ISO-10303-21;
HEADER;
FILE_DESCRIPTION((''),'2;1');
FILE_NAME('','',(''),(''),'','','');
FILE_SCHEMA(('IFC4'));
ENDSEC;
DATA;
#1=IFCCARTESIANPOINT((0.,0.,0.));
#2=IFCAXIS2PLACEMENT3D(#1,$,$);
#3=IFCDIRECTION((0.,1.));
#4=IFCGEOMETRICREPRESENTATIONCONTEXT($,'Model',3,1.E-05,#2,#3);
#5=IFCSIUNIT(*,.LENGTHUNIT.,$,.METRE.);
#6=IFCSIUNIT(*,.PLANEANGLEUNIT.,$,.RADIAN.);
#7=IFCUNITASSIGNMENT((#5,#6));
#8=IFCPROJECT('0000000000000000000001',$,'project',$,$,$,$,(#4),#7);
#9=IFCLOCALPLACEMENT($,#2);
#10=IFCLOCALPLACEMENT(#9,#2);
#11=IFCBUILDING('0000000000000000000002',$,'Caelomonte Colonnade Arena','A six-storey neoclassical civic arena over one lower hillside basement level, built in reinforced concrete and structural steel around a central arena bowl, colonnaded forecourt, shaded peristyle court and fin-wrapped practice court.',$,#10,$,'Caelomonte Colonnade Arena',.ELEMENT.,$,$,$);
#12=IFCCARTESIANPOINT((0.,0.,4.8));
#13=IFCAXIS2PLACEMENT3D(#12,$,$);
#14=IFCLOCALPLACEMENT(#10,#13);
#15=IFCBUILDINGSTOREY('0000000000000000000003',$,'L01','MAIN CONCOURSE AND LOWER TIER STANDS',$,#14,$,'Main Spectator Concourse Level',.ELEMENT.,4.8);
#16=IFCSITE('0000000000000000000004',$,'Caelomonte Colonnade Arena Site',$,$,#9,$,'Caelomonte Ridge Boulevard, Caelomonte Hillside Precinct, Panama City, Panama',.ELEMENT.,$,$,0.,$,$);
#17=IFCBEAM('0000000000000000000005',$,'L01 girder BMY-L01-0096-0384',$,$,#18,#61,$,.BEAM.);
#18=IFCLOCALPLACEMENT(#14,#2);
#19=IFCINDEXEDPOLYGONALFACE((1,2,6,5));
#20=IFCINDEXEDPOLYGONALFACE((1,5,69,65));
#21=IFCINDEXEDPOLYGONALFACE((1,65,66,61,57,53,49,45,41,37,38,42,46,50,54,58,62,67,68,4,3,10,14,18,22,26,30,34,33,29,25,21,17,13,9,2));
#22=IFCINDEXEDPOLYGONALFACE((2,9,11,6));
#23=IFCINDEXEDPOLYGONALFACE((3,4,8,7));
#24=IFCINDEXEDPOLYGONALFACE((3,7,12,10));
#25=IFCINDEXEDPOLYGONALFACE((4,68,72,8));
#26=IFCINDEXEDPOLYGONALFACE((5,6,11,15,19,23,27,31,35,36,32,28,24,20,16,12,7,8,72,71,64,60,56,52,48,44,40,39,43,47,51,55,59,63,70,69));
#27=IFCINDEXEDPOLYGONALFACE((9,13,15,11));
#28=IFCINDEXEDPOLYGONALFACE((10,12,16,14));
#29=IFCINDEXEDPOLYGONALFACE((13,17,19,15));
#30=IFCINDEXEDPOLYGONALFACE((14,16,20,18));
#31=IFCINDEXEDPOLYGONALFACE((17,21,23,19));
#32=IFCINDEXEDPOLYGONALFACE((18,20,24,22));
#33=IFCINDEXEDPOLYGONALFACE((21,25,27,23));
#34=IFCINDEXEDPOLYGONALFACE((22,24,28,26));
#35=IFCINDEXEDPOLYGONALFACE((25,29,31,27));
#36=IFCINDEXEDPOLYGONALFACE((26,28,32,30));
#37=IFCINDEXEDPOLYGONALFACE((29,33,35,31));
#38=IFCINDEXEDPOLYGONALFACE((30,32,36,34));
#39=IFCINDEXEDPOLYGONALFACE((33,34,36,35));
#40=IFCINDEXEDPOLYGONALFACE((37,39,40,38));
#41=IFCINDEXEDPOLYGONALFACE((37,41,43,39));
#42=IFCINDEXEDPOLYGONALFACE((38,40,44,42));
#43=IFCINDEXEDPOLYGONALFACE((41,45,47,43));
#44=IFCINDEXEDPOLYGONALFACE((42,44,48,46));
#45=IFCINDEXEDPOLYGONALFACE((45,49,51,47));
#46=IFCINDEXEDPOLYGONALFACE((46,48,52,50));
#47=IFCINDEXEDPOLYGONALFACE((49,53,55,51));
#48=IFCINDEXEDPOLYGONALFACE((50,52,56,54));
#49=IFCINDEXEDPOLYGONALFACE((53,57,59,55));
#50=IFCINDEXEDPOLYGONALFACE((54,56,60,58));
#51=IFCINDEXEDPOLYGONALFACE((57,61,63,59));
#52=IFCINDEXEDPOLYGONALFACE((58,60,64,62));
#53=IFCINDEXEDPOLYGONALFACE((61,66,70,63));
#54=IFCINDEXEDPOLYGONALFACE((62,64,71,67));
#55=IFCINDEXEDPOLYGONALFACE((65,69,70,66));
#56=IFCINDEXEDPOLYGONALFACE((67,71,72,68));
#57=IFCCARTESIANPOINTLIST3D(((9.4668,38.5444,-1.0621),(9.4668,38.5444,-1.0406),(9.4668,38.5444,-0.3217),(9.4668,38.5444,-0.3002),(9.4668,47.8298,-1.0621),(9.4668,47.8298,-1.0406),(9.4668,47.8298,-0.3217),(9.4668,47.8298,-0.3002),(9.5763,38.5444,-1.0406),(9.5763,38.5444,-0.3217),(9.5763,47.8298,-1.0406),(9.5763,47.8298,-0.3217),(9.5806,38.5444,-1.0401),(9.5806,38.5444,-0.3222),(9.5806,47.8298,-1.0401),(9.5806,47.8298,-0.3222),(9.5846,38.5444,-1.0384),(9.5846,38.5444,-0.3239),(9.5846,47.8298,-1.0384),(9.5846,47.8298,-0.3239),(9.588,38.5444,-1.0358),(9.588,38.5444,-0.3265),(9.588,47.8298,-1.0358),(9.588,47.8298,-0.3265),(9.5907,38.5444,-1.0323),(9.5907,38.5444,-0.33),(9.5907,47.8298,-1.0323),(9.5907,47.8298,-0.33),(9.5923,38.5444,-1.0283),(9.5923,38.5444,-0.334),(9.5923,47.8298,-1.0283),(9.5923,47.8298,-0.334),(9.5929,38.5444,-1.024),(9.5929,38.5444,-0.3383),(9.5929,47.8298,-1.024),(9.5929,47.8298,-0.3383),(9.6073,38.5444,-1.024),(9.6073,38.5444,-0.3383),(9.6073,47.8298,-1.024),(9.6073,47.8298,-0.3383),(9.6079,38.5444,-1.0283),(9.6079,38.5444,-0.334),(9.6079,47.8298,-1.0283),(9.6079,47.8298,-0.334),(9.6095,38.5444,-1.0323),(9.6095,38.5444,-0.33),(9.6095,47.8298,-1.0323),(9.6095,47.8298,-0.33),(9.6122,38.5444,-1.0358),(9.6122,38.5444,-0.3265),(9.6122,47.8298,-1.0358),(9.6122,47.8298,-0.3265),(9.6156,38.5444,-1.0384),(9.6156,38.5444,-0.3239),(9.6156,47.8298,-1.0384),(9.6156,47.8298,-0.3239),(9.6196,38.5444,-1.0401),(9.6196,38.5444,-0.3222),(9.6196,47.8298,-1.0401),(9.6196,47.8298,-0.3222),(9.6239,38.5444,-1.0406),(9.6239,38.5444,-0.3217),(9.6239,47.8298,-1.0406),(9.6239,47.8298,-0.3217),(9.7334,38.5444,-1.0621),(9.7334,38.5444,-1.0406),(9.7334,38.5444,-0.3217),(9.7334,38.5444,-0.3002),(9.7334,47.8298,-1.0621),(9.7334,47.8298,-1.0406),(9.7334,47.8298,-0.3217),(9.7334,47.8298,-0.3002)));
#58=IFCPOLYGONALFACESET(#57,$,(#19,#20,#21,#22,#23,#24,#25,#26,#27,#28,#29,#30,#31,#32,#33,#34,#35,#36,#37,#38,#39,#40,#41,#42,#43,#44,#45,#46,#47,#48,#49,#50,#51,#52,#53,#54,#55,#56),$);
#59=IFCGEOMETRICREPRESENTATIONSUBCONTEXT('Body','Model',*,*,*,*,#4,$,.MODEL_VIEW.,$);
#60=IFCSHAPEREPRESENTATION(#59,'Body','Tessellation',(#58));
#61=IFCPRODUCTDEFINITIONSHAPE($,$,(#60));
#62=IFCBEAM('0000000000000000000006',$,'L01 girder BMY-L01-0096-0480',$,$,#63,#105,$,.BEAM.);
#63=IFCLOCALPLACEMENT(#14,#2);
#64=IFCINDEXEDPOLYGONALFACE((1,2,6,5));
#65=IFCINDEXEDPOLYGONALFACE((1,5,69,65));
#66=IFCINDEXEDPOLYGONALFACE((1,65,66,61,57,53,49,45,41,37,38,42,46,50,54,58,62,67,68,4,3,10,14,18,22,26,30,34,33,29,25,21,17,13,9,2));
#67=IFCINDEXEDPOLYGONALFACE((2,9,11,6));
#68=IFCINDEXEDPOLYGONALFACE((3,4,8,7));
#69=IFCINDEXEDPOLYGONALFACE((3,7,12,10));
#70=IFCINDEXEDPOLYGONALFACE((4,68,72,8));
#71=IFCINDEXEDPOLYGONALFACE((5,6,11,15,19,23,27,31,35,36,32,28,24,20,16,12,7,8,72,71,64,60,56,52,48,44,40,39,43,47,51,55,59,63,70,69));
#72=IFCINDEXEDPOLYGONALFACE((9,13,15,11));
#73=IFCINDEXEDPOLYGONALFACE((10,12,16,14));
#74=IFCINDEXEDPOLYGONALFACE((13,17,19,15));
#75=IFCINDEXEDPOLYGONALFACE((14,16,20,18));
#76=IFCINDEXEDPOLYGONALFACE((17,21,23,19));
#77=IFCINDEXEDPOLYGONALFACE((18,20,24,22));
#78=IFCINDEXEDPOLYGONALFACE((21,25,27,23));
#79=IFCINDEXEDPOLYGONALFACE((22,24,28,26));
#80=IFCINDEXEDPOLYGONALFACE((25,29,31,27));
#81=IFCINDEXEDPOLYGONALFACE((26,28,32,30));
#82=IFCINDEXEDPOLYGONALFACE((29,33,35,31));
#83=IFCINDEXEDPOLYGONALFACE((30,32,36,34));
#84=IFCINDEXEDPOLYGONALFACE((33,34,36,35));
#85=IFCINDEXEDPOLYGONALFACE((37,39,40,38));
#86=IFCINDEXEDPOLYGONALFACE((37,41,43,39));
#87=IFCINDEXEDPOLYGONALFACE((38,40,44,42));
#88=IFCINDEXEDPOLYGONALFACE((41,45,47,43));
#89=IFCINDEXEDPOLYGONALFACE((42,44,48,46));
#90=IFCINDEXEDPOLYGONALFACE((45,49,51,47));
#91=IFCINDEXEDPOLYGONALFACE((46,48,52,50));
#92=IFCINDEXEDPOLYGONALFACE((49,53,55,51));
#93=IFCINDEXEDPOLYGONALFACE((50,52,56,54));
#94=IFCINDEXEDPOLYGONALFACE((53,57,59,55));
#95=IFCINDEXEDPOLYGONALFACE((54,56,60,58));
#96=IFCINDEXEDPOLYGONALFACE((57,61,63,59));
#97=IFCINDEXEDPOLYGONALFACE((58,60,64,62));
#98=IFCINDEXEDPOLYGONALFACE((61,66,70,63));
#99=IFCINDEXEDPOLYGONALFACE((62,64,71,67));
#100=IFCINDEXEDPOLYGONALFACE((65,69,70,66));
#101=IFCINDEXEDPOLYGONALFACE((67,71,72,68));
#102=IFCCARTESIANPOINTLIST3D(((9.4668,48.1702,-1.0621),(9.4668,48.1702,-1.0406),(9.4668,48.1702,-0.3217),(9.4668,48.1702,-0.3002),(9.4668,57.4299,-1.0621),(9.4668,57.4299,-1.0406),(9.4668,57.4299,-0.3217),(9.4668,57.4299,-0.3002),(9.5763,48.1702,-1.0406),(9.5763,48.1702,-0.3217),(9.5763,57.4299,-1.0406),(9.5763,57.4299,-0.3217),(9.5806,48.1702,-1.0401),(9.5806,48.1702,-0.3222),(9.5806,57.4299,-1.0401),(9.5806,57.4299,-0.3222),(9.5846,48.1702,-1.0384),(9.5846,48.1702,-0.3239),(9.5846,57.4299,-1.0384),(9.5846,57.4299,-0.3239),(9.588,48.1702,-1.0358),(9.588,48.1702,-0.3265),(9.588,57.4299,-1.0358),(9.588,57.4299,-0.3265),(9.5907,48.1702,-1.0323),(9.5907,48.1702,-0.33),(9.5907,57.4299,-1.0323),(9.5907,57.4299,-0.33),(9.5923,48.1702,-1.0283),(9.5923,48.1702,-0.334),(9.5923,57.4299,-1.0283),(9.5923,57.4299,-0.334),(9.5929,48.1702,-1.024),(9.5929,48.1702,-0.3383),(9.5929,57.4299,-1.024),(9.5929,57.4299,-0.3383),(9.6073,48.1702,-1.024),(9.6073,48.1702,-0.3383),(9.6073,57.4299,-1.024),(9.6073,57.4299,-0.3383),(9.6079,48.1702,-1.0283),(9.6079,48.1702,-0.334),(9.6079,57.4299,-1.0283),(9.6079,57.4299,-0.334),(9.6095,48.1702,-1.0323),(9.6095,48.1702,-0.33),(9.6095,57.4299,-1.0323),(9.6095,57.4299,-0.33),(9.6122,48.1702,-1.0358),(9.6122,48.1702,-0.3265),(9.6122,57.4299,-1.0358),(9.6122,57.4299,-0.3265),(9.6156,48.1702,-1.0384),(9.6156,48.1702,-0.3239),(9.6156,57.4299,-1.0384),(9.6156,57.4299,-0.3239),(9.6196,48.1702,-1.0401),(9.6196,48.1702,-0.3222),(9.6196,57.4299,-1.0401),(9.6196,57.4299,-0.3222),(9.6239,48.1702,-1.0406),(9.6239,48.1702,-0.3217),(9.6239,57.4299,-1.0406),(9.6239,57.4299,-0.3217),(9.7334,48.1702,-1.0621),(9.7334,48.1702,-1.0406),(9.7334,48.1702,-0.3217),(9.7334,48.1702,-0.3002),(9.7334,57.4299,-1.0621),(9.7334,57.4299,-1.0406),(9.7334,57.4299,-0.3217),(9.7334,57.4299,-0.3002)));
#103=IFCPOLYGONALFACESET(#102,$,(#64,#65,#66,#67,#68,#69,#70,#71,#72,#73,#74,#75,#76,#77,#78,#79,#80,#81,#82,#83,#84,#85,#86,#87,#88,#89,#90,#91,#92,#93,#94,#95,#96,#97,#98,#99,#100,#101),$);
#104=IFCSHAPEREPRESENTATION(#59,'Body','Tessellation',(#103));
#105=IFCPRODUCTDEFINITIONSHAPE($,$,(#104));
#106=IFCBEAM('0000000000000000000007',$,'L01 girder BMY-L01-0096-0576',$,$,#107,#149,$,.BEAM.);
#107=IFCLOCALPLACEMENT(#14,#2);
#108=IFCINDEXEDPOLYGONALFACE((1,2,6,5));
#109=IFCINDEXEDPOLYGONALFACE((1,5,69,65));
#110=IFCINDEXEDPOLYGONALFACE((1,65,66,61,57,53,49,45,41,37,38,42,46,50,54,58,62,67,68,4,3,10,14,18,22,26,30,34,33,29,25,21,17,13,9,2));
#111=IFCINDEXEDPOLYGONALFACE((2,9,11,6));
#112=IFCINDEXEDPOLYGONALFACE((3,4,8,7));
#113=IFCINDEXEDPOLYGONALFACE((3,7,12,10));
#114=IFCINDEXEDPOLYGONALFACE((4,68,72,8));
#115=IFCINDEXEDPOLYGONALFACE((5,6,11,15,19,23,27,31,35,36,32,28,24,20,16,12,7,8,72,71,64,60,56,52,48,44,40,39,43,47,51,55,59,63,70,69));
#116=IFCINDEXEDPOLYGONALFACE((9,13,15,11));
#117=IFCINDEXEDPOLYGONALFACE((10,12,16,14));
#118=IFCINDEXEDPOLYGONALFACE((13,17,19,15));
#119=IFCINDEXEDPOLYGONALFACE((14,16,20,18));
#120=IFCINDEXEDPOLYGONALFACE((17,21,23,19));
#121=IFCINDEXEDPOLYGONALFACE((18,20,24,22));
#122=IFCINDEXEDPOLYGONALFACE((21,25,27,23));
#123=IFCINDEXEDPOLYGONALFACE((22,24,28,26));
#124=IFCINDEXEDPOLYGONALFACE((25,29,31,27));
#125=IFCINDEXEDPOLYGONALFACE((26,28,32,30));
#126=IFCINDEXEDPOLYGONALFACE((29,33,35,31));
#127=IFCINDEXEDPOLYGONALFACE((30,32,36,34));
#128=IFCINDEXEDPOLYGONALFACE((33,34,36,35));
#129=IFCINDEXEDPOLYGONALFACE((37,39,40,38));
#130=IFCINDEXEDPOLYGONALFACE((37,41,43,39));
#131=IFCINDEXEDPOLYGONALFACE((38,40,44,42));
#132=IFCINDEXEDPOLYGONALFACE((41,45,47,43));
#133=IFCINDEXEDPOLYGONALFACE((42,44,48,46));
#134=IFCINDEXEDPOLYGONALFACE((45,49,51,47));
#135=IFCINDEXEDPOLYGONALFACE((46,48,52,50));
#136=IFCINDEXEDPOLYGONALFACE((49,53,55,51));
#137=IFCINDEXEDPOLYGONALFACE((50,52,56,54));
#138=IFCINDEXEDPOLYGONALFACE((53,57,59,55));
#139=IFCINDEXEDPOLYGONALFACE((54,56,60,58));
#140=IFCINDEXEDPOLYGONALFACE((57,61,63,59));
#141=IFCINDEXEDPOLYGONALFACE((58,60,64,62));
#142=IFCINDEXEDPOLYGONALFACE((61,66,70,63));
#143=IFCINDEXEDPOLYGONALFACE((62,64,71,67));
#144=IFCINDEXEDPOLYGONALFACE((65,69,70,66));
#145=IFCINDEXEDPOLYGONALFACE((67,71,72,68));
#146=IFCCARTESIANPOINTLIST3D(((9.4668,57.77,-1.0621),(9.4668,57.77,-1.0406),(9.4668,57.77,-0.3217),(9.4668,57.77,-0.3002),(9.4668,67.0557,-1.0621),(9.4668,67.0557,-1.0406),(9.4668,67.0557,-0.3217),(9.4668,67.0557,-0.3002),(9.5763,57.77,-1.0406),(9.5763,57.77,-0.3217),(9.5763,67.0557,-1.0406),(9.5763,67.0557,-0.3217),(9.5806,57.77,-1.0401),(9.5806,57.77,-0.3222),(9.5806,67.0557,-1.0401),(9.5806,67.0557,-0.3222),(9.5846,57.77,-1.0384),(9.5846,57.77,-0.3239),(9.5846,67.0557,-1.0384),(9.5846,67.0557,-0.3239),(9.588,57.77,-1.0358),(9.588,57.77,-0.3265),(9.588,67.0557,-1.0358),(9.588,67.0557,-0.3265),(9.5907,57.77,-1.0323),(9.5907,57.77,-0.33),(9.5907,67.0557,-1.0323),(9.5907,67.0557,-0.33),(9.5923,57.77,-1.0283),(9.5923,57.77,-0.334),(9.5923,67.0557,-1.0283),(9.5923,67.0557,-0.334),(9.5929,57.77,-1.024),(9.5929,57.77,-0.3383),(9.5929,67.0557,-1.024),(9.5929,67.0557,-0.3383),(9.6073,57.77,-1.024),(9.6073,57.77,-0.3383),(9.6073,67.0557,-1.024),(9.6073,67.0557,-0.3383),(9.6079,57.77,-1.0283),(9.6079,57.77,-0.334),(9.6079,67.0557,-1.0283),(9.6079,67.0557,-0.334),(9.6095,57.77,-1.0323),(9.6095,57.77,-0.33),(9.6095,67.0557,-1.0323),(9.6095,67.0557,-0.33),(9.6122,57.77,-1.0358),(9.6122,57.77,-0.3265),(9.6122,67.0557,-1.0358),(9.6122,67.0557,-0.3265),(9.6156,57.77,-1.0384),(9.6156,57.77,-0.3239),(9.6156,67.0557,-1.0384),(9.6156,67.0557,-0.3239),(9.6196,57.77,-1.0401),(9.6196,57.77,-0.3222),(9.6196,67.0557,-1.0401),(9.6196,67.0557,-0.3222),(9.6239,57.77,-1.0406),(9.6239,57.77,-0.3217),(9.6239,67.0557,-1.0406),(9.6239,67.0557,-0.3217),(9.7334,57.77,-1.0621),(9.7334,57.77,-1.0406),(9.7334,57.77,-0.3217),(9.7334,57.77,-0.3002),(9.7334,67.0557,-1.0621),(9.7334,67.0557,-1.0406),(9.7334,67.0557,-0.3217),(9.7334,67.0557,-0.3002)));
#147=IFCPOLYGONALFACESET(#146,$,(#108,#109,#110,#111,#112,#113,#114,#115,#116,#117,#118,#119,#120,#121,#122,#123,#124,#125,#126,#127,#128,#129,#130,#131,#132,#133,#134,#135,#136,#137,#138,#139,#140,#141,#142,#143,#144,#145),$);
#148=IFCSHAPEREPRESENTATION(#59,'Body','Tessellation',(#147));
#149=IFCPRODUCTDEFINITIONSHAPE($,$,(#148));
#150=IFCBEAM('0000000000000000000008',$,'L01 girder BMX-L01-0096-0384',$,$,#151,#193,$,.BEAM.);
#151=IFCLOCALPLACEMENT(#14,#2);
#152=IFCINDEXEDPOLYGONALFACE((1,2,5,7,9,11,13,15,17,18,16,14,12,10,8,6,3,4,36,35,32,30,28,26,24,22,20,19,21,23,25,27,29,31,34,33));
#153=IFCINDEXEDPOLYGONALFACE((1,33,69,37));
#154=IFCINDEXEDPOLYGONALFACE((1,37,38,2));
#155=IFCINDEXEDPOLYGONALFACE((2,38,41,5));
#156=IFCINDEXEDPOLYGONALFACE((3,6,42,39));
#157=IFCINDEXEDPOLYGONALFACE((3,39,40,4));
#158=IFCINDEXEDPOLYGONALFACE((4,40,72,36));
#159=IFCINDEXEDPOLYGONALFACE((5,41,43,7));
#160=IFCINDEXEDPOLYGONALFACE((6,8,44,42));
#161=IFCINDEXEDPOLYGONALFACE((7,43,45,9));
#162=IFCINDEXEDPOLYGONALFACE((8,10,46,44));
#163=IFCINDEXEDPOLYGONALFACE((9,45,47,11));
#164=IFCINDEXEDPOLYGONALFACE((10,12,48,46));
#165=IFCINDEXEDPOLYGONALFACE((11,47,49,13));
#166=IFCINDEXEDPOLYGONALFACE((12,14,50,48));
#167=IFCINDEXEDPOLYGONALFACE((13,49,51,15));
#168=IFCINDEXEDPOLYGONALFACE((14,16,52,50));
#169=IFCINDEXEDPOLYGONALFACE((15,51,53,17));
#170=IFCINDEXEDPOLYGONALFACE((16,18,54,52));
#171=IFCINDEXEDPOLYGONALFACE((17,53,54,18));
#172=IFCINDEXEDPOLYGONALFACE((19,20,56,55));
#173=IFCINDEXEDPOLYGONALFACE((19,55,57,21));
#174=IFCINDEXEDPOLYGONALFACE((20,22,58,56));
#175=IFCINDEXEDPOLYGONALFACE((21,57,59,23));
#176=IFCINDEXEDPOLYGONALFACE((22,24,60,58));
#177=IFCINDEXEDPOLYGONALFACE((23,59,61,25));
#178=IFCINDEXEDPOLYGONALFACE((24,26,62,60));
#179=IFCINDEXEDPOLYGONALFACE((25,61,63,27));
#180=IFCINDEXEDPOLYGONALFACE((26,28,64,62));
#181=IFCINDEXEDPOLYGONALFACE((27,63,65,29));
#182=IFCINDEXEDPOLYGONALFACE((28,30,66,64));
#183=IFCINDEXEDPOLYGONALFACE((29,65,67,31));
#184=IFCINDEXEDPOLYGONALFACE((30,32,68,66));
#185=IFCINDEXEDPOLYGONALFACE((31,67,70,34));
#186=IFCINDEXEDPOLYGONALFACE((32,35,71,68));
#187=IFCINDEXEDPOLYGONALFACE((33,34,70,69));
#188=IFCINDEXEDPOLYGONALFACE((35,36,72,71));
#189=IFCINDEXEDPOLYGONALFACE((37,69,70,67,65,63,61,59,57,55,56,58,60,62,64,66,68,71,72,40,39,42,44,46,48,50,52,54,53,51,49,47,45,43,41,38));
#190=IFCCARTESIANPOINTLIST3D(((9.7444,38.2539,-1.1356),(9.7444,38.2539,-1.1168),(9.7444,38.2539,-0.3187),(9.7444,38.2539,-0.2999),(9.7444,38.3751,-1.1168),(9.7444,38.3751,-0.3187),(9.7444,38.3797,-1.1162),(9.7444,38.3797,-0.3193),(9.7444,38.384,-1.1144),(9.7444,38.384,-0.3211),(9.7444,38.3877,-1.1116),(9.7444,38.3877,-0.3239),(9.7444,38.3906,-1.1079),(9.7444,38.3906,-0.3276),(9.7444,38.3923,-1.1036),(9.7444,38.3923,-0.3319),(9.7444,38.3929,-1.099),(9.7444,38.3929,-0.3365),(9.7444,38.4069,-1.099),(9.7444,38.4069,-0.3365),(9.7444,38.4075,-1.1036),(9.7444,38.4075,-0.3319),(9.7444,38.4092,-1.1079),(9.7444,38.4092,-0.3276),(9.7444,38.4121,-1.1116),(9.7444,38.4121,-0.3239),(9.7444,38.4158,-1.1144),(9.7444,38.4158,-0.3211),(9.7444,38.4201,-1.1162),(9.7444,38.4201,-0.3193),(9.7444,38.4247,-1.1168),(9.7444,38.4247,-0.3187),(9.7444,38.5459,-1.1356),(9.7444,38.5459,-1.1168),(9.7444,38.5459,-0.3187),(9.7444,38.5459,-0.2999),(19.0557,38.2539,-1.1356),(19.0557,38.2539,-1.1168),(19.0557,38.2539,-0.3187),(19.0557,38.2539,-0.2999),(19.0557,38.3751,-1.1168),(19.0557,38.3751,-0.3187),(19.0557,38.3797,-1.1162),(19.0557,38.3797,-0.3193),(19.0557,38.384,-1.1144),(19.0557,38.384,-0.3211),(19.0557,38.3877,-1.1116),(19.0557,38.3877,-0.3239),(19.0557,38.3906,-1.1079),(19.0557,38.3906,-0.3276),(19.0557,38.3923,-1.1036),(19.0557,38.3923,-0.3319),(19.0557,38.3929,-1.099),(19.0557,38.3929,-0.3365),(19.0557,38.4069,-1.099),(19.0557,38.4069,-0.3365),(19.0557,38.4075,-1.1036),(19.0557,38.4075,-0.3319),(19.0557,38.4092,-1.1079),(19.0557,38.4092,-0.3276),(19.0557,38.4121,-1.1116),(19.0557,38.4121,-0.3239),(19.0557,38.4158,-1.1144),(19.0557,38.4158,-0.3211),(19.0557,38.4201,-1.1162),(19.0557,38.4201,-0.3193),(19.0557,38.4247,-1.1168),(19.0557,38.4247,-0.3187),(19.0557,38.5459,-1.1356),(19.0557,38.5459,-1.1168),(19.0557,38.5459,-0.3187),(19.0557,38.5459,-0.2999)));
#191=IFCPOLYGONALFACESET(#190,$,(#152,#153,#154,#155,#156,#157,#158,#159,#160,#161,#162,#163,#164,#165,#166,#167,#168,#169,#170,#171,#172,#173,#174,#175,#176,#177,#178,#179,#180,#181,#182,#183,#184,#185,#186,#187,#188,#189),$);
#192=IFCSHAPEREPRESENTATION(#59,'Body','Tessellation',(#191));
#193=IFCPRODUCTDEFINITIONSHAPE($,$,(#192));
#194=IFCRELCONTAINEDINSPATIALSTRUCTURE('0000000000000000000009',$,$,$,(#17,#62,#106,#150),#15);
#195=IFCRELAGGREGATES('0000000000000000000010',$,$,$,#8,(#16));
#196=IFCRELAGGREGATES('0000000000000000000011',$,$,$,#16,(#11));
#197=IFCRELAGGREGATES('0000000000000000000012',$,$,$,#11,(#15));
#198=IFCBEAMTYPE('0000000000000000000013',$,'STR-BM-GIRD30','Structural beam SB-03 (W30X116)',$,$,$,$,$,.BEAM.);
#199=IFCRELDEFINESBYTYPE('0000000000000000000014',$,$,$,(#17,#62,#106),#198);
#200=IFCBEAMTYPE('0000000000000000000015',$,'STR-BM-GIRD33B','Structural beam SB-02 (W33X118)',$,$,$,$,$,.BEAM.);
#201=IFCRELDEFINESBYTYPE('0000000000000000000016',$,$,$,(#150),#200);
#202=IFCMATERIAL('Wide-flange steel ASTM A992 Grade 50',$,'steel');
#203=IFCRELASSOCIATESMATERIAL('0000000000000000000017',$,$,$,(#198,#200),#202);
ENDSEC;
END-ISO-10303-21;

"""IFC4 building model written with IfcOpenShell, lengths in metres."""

from ifc_helpers import new_model, si_unit, direction, frame, origin, origin_2d, place, context, subcontext, project, spatial, i_section, extrude, material, material_profile, profile_set, type_object, element, save


model = new_model("IFC4")

# Units and contexts
model_context = context("Model", 3, precision=1e-05, world=origin(), true_north=direction((0.0, 1.0)))
body_context = subcontext(model_context, "Body", "Model", "MODEL_VIEW")
ifc_project = project(units=[si_unit("LENGTHUNIT", "METRE"), si_unit("PLANEANGLEUNIT", "RADIAN")], contexts=[model_context])

# Site, building, storey
site_placement = place(None, origin())
site = spatial("IfcSite", under=ifc_project, at=site_placement, Name="Caelomonte Colonnade Arena Site", LongName="Caelomonte Ridge Boulevard, Caelomonte Hillside Precinct, Panama City, Panama", CompositionType="ELEMENT", RefElevation=0.0)
building_placement = place(site_placement, origin())
building = spatial("IfcBuilding", under=site, at=building_placement, Name="Caelomonte Colonnade Arena", Description="A six-storey neoclassical civic arena over one lower hillside basement level, built in reinforced concrete and structural steel around a central arena bowl, colonnaded forecourt, shaded peristyle court and fin-wrapped practice court.", LongName="Caelomonte Colonnade Arena", CompositionType="ELEMENT")
storey_placement = place(building_placement, frame((0.0, 0.0, 4.8)))
storey = spatial("IfcBuildingStorey", under=building, at=storey_placement, Name="L01", Description="MAIN CONCOURSE AND LOWER TIER STANDS", LongName="Main Spectator Concourse Level", CompositionType="ELEMENT", Elevation=4.8)

# Shared definitions
ifc_material_1 = material(Name="Wide-flange steel ASTM A992 Grade 50", Category="steel")

# Beams
ifc_material_profile_1 = material_profile(ifc_material_1, i_section(OverallWidth=0.2666, OverallDepth=0.762, WebThickness=0.0144, FlangeThickness=0.0215, FilletRadius=0.0166, at=origin_2d()), Name="W30X116")
ifc_profile_set_1 = profile_set([ifc_material_profile_1], Name="Wide-flange steel ASTM A992 Grade 50")
beam_type_1 = type_object("IfcBeamType", Name="STR-BM-GIRD30", Description="Structural beam SB-03 (W30X116)", PredefinedType="BEAM", material=ifc_profile_set_1)
beam_1_placement = place(storey_placement, frame((9.6001, 38.5444, -0.6812), z_axis=(0.0, 1.0, 0.0), x_axis=(-1.0, 0.0, 0.0)))
element("IfcBeam", 1, at=beam_1_placement, inside=storey, type_object=beam_type_1, Name="L01 girder BMY-L01-0096-0384", PredefinedType="BEAM", context=body_context, shape_type="SweptSolid", body=[
    extrude(i_section(OverallWidth=0.2666, OverallDepth=0.762, WebThickness=0.0144, FlangeThickness=0.0215, FilletRadius=0.0166, at=origin_2d()), origin(), (0.0, 0.0, 1.0), 9.2854),
])
beam_2_placement = place(storey_placement, frame((9.6001, 48.1702, -0.6812), z_axis=(0.0, 1.0, 0.0), x_axis=(-1.0, 0.0, 0.0)))
element("IfcBeam", 2, at=beam_2_placement, inside=storey, type_object=beam_type_1, Name="L01 girder BMY-L01-0096-0480", PredefinedType="BEAM", context=body_context, shape_type="SweptSolid", body=[
    extrude(i_section(OverallWidth=0.2666, OverallDepth=0.762, WebThickness=0.0144, FlangeThickness=0.0215, FilletRadius=0.0166, at=origin_2d()), origin(), (0.0, 0.0, 1.0), 9.2598),
])
beam_3_placement = place(storey_placement, frame((9.6001, 57.77, -0.6812), z_axis=(0.0, 1.0, 0.0), x_axis=(-1.0, 0.0, 0.0)))
element("IfcBeam", 3, at=beam_3_placement, inside=storey, type_object=beam_type_1, Name="L01 girder BMY-L01-0096-0576", PredefinedType="BEAM", context=body_context, shape_type="SweptSolid", body=[
    extrude(i_section(OverallWidth=0.2666, OverallDepth=0.762, WebThickness=0.0144, FlangeThickness=0.0215, FilletRadius=0.0166, at=origin_2d()), origin(), (0.0, 0.0, 1.0), 9.2856),
])
ifc_material_profile_2 = material_profile(ifc_material_1, i_section(OverallWidth=0.292, OverallDepth=0.8357, WebThickness=0.0139, FlangeThickness=0.0188, FilletRadius=0.0178, at=origin_2d()), Name="W33X118")
ifc_profile_set_2 = profile_set([ifc_material_profile_2], Name="Wide-flange steel ASTM A992 Grade 50")
beam_type_2 = type_object("IfcBeamType", Name="STR-BM-GIRD33B", Description="Structural beam SB-02 (W33X118)", PredefinedType="BEAM", material=ifc_profile_set_2)
beam_4_placement = place(storey_placement, frame((9.7444, 38.3999, -0.7178), z_axis=(1.0, 0.0, 0.0), x_axis=(0.0, 1.0, 0.0)))
element("IfcBeam", 4, at=beam_4_placement, inside=storey, type_object=beam_type_2, Name="L01 girder BMX-L01-0096-0384", PredefinedType="BEAM", context=body_context, shape_type="SweptSolid", body=[
    extrude(i_section(OverallWidth=0.292, OverallDepth=0.8357, WebThickness=0.0139, FlangeThickness=0.0188, FilletRadius=0.0178, at=origin_2d()), origin(), (0.0, 0.0, 1.0), 9.3113),
])

save(model, "model.ifc")
